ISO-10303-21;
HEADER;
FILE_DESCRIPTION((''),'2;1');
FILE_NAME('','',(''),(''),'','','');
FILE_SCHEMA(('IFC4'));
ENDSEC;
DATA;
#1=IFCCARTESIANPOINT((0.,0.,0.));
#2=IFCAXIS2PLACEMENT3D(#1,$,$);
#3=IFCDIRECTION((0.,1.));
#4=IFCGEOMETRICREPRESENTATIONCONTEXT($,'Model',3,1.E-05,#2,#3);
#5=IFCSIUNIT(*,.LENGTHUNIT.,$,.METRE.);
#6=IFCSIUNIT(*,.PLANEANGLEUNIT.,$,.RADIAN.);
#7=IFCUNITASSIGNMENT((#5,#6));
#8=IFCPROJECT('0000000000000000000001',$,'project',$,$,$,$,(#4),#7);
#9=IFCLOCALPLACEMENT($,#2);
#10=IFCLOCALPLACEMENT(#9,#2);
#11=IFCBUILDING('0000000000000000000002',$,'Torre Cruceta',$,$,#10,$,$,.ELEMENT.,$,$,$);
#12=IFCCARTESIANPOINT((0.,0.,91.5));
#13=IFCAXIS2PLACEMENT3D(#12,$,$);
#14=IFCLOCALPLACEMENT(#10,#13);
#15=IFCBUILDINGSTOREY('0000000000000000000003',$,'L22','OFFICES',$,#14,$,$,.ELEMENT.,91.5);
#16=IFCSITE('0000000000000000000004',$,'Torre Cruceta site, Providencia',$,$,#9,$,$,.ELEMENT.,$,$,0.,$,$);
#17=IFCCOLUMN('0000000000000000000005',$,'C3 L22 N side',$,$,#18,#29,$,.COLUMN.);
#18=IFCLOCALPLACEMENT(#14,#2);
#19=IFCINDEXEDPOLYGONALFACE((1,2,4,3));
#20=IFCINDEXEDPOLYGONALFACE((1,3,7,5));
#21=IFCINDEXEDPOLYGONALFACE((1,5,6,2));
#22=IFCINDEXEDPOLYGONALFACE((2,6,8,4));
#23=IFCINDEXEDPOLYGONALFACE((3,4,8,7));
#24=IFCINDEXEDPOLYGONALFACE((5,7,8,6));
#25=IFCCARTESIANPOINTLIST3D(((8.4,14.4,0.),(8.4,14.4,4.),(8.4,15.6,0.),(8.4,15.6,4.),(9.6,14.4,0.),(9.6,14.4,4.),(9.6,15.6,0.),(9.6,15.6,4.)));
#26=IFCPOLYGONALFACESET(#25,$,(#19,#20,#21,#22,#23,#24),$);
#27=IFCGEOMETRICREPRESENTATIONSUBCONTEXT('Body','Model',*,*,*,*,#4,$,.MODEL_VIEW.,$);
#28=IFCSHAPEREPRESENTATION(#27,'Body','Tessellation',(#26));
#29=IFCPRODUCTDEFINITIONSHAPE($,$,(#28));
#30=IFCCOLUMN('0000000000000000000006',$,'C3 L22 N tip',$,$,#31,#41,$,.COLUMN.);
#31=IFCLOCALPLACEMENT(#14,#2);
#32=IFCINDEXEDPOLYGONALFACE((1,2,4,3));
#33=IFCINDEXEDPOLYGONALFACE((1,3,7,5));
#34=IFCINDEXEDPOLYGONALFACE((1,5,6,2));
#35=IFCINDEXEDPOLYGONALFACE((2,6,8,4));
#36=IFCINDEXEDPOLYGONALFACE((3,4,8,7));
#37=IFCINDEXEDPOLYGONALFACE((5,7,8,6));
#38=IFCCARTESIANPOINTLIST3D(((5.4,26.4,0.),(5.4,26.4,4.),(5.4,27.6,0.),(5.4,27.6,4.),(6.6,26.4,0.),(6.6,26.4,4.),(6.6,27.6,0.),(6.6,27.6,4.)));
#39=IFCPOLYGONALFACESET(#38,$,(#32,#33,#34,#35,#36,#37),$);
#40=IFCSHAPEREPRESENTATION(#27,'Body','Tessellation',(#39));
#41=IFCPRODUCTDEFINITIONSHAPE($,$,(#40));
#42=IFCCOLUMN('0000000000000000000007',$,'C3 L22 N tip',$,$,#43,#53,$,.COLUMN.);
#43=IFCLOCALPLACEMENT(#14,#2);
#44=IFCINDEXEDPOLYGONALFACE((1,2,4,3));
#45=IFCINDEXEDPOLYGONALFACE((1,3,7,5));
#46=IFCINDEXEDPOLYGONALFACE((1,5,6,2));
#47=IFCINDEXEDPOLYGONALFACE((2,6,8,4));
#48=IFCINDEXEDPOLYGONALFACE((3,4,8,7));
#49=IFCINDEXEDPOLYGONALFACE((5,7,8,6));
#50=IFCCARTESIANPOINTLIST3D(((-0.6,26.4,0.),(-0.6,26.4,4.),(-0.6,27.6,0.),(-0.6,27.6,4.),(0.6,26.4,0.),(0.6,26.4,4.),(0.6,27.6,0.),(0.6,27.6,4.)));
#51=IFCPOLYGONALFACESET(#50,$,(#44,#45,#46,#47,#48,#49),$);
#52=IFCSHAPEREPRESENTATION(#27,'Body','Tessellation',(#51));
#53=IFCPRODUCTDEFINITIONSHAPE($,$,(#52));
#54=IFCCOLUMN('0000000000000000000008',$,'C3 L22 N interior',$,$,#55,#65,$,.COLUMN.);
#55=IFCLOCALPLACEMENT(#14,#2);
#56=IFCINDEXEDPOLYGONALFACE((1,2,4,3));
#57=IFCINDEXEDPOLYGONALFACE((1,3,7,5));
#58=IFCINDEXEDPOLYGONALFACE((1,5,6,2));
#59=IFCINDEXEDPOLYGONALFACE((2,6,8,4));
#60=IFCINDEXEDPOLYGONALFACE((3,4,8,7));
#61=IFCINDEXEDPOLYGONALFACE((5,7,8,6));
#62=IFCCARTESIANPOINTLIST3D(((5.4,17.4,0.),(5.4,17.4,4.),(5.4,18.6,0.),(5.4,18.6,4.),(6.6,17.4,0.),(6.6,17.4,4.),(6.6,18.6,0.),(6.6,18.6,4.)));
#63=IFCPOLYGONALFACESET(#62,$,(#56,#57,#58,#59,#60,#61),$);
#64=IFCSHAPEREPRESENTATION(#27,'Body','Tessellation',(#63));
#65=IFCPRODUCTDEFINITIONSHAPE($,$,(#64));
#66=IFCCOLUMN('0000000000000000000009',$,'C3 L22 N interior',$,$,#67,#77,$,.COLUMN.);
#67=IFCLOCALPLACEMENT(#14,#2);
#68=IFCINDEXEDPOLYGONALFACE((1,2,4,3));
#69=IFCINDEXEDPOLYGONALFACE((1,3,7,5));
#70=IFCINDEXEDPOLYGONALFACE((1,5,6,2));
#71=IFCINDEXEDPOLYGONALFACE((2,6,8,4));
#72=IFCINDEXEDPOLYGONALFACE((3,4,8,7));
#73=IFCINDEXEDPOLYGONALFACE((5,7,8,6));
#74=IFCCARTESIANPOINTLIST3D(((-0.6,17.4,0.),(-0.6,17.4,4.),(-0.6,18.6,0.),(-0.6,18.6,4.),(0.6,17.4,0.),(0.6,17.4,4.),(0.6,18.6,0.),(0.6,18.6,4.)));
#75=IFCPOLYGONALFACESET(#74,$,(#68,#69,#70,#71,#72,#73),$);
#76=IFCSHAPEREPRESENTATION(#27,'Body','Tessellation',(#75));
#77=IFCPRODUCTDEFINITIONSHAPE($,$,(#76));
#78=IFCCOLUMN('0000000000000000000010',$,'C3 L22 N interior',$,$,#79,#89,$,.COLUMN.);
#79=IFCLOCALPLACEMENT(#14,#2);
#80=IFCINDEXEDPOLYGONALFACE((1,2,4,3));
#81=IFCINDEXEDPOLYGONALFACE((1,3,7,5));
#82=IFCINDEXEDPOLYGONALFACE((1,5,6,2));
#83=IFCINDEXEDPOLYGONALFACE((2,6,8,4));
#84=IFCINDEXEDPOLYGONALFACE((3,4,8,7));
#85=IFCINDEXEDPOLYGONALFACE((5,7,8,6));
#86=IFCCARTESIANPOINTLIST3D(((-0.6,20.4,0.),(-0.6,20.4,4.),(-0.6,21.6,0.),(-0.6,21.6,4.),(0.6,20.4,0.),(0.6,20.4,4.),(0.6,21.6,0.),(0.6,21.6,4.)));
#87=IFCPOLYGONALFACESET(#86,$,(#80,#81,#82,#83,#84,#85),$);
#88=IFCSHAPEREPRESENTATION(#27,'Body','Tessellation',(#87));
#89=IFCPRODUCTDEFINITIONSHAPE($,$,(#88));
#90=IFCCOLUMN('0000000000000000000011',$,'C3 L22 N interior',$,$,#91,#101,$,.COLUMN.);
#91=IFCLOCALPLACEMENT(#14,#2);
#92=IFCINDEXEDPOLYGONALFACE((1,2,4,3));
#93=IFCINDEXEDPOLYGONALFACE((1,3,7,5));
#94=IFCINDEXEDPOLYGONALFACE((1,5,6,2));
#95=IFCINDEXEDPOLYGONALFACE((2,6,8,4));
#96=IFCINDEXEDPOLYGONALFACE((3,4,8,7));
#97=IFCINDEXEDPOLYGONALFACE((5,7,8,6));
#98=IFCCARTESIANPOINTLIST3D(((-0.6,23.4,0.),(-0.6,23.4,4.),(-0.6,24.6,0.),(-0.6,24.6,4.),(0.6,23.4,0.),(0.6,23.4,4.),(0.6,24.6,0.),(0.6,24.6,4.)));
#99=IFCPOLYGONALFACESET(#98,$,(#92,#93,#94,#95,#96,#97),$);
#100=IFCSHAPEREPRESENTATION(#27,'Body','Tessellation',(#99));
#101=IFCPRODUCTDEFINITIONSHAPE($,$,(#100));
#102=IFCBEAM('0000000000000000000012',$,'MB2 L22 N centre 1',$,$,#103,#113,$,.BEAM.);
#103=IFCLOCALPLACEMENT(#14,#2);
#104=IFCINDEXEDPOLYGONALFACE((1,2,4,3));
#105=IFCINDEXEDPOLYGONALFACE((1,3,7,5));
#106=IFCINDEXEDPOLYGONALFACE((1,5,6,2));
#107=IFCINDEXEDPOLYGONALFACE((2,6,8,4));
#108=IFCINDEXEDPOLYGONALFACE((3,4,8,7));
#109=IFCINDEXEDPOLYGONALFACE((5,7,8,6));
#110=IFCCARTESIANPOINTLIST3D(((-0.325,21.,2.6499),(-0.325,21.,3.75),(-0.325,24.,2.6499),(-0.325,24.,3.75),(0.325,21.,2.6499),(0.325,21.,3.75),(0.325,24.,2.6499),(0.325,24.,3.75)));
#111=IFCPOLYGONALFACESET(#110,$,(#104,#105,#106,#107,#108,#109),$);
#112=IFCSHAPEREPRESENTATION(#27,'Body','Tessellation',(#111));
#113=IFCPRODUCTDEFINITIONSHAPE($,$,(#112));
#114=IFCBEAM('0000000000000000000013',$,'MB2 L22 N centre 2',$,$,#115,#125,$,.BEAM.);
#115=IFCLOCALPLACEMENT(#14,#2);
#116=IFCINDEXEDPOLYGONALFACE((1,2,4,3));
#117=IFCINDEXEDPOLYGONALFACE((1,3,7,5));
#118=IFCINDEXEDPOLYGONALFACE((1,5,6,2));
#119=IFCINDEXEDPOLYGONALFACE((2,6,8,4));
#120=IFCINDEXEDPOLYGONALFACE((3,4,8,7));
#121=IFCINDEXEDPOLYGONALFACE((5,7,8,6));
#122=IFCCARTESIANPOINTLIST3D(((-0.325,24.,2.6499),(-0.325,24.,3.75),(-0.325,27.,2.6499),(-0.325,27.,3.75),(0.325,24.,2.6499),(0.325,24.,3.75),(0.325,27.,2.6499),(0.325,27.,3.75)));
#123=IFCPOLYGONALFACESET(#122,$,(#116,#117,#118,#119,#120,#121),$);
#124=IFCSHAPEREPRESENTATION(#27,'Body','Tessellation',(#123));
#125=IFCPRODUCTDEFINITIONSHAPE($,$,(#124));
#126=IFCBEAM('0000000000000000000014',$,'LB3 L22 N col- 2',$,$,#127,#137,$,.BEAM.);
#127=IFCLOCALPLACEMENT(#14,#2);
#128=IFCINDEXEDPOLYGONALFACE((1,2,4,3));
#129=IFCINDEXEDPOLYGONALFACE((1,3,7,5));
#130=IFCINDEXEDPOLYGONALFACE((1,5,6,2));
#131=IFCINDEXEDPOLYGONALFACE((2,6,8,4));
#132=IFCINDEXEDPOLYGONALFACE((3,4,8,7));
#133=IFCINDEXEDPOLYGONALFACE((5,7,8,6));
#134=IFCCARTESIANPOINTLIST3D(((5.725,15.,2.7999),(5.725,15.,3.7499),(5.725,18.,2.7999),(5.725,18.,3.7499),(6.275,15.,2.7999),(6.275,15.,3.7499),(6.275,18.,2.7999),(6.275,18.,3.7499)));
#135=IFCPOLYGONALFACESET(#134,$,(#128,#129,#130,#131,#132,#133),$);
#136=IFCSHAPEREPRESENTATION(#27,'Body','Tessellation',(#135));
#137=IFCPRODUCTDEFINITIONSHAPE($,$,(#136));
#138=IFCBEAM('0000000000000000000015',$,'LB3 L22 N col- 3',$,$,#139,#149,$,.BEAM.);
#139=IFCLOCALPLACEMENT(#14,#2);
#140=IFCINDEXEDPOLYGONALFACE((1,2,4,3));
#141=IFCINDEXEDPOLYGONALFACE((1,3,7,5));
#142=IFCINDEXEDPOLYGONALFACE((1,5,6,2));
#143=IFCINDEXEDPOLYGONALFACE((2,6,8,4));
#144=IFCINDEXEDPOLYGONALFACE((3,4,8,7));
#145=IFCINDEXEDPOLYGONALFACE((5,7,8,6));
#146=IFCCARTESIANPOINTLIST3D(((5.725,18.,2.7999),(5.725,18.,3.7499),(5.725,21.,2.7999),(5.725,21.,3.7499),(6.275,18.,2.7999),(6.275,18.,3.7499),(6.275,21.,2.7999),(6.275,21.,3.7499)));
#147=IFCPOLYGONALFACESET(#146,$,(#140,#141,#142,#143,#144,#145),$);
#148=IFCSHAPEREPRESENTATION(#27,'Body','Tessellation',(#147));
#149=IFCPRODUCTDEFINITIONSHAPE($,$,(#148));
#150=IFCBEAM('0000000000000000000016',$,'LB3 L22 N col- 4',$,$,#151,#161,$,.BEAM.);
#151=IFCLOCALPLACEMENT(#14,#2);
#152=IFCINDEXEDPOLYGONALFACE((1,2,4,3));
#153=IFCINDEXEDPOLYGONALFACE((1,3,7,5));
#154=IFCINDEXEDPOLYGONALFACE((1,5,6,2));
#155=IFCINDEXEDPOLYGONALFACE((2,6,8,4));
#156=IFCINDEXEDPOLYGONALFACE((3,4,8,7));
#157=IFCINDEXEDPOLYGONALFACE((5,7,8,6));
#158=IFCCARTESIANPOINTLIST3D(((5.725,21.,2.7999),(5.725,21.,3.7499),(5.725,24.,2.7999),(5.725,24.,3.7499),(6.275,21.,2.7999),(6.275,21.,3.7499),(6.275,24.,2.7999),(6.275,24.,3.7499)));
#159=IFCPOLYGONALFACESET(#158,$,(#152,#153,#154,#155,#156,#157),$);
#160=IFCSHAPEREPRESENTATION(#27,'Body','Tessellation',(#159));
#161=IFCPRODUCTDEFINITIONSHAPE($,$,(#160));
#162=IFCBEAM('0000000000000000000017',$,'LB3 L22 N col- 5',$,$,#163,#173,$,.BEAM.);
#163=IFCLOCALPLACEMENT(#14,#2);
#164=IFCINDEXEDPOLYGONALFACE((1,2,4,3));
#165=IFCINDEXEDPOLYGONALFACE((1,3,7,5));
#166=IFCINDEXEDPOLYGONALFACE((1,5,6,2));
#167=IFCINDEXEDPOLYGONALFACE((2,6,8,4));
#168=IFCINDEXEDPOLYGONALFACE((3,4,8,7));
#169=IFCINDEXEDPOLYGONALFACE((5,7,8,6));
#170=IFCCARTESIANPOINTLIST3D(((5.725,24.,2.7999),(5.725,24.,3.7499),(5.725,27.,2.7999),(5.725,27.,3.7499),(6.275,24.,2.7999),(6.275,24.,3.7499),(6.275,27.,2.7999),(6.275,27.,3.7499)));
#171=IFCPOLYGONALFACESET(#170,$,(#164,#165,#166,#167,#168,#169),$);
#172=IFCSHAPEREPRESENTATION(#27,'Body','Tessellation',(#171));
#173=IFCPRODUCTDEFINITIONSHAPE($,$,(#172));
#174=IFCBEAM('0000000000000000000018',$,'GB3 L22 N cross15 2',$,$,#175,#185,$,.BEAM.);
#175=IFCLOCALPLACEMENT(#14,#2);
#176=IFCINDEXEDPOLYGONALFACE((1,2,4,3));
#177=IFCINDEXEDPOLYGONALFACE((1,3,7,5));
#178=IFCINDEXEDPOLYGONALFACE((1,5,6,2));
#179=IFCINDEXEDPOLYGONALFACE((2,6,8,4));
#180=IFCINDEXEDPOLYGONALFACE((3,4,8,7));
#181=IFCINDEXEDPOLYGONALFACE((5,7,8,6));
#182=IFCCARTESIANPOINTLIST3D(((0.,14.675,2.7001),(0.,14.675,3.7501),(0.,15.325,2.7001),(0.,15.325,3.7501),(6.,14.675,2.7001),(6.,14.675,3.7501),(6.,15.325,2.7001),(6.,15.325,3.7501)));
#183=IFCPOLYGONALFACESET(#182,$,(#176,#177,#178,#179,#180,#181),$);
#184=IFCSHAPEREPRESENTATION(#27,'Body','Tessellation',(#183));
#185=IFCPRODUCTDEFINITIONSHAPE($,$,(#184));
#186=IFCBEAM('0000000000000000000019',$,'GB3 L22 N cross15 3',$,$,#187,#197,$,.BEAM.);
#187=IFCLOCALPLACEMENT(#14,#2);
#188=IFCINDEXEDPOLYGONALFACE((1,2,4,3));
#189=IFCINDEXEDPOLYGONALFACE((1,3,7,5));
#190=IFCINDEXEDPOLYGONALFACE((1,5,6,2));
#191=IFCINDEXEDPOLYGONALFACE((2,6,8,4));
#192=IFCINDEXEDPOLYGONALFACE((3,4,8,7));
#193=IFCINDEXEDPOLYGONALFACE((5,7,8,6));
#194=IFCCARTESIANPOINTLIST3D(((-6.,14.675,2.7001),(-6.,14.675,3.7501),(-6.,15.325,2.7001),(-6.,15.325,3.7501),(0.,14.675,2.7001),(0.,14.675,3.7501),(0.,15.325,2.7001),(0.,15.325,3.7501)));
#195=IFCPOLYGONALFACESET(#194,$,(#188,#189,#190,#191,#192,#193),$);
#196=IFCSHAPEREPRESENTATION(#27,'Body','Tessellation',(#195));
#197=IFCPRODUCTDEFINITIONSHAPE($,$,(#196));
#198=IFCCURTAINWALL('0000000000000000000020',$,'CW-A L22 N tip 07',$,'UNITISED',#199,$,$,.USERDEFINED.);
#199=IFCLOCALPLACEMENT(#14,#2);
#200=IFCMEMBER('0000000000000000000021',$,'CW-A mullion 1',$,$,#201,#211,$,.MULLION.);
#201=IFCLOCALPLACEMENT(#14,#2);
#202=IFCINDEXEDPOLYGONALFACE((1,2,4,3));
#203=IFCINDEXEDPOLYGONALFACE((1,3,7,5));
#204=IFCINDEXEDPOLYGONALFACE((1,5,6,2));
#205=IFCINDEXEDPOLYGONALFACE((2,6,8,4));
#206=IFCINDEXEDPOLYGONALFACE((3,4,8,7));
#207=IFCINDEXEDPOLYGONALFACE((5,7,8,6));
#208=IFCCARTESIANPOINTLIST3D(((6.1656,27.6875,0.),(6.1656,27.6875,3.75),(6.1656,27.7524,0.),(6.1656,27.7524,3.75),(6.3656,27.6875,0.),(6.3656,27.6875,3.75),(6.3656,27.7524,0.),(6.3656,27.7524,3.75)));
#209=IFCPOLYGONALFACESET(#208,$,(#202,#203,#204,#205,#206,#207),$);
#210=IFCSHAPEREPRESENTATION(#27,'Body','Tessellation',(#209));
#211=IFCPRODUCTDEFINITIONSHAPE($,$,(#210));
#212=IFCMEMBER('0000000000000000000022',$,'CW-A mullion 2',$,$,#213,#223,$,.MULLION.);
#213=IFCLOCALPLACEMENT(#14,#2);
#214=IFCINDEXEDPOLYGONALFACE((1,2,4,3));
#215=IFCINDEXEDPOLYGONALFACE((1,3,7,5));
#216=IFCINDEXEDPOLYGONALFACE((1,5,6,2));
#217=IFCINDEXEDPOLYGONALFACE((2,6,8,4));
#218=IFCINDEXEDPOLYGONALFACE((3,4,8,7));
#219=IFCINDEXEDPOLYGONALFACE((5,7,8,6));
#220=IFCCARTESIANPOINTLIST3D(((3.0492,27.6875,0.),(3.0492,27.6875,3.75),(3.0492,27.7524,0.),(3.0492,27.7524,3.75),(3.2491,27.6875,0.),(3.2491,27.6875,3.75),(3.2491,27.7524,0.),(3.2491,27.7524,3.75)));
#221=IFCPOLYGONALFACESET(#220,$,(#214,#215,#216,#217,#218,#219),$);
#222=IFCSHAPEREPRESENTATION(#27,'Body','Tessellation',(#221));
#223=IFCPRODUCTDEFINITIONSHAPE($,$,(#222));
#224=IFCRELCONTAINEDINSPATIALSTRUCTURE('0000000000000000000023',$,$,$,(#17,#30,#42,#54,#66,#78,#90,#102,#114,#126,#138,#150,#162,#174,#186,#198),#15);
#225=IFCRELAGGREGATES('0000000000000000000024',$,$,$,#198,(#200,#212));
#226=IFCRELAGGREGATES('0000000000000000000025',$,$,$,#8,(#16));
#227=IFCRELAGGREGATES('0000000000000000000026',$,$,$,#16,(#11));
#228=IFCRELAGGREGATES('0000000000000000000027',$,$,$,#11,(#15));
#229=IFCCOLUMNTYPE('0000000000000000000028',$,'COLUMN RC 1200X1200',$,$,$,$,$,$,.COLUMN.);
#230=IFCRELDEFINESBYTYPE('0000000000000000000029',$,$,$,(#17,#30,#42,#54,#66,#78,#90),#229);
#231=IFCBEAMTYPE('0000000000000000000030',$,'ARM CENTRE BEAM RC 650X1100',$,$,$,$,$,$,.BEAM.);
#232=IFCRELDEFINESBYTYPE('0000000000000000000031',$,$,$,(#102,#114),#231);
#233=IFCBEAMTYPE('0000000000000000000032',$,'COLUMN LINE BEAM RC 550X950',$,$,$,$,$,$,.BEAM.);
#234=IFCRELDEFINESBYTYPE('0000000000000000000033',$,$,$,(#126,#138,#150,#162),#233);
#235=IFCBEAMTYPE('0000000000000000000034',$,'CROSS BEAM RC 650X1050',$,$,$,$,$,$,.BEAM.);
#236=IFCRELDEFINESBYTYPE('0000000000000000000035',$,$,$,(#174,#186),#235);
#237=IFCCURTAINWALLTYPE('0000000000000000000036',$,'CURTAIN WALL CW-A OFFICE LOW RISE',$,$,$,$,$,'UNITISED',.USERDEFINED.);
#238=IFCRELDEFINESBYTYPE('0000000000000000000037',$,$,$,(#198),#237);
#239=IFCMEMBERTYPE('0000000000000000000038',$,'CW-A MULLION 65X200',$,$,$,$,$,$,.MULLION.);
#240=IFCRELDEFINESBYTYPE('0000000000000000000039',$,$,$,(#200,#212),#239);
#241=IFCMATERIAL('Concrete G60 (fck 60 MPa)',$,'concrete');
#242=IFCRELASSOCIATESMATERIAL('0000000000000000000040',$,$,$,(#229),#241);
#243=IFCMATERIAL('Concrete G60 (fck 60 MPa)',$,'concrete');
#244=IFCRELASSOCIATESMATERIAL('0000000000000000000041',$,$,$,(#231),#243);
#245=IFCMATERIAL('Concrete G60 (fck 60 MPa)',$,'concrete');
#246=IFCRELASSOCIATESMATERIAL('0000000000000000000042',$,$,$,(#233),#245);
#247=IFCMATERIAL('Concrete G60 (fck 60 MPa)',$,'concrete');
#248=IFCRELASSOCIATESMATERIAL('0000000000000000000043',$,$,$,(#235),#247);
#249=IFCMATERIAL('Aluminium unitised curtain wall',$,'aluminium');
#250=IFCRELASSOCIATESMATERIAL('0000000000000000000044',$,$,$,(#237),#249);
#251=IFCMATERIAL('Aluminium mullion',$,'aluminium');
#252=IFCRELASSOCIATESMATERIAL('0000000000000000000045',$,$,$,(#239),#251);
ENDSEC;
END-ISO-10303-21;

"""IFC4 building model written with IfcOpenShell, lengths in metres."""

from ifc_helpers import new_model, si_unit, direction, frame, origin, origin_2d, place, context, subcontext, project, spatial, rectangle, extrude, material, material_profile, profile_set, type_object, element, aggregate, save


model = new_model("IFC4")

# Units and contexts
model_context = context("Model", 3, precision=1e-05, world=origin(), true_north=direction((0.0, 1.0)))
body_context = subcontext(model_context, "Body", "Model", "MODEL_VIEW")
ifc_project = project(units=[si_unit("LENGTHUNIT", "METRE"), si_unit("PLANEANGLEUNIT", "RADIAN")], contexts=[model_context])

# Site, building, storey
site_placement = place(None, origin())
site = spatial("IfcSite", under=ifc_project, at=site_placement, Name="Torre Cruceta site, Providencia", CompositionType="ELEMENT", RefElevation=0.0)
building_placement = place(site_placement, origin())
building = spatial("IfcBuilding", under=site, at=building_placement, Name="Torre Cruceta", CompositionType="ELEMENT")
storey_placement = place(building_placement, frame((0.0, 0.0, 91.5)))
storey = spatial("IfcBuildingStorey", under=building, at=storey_placement, Name="L22", Description="OFFICES", CompositionType="ELEMENT", Elevation=91.5)

# Columns
ifc_material_1 = material(Name="Concrete G60 (fck 60 MPa)", Category="concrete")
ifc_material_profile_1 = material_profile(ifc_material_1, rectangle(XDim=1.2, YDim=1.2, at=origin_2d()), Name="RC 1200X1200")
ifc_profile_set_1 = profile_set([ifc_material_profile_1], Name="Concrete G60 (fck 60 MPa)")
column_type = type_object("IfcColumnType", Name="COLUMN RC 1200X1200", PredefinedType="COLUMN", material=ifc_profile_set_1)
for number, where, z_axis, x_axis, name in (
    (1, (9.0, 15.0, 0.0), (0.0, 0.0, 1.0), (1.0, 0.0, 0.0), "C3 L22 N side"),
    (2, (6.0, 27.0, 0.0), (0.0, 0.0, 1.0), (1.0, 0.0, 0.0), "C3 L22 N tip"),
    (3, (0.0, 27.0, 0.0), (0.0, 0.0, 1.0), (1.0, 0.0, 0.0), "C3 L22 N tip"),
    (4, (6.0, 18.0, 0.0), (0.0, 0.0, 1.0), (1.0, 0.0, 0.0), "C3 L22 N interior"),
    (5, (0.0, 18.0, 0.0), (0.0, 0.0, 1.0), (1.0, 0.0, 0.0), "C3 L22 N interior"),
    (6, (0.0, 21.0, 0.0), (0.0, 0.0, 1.0), (1.0, 0.0, 0.0), "C3 L22 N interior"),
    (7, (0.0, 24.0, 0.0), (0.0, 0.0, 1.0), (1.0, 0.0, 0.0), "C3 L22 N interior"),
):
    element("IfcColumn", number, at=place(storey_placement, frame(where, z_axis=z_axis, x_axis=x_axis)), inside=storey, type_object=column_type, Name=name, PredefinedType="COLUMN", context=body_context, shape_type="SweptSolid", body=[
        extrude(rectangle(XDim=1.2, YDim=1.2, at=origin_2d()), origin(), (0.0, 0.0, 1.0), 4.0),
    ])

# Beams
ifc_material_2 = material(Name="Concrete G60 (fck 60 MPa)", Category="concrete")
ifc_material_profile_2 = material_profile(ifc_material_2, rectangle(XDim=0.6499, YDim=1.1001, at=origin_2d()), Name="RC 650X1100")
ifc_profile_set_2 = profile_set([ifc_material_profile_2], Name="Concrete G60 (fck 60 MPa)")
beam_type_1 = type_object("IfcBeamType", Name="ARM CENTRE BEAM RC 650X1100", PredefinedType="BEAM", material=ifc_profile_set_2)
for number, where, z_axis, x_axis, name in (
    (8, (0.0, 21.0, 3.2), (0.0, 1.0, 0.0), (-1.0, 0.0, 0.0), "MB2 L22 N centre 1"),
    (9, (0.0, 24.0, 3.2), (0.0, 1.0, 0.0), (-1.0, 0.0, 0.0), "MB2 L22 N centre 2"),
):
    element("IfcBeam", number, at=place(storey_placement, frame(where, z_axis=z_axis, x_axis=x_axis)), inside=storey, type_object=beam_type_1, Name=name, PredefinedType="BEAM", context=body_context, shape_type="SweptSolid", body=[
        extrude(rectangle(XDim=0.6499, YDim=1.1001, at=origin_2d()), origin(), (0.0, 0.0, 1.0), 3.0),
    ])
ifc_material_3 = material(Name="Concrete G60 (fck 60 MPa)", Category="concrete")
ifc_material_profile_3 = material_profile(ifc_material_3, rectangle(XDim=0.55, YDim=0.95, at=origin_2d()), Name="RC 550X950")
ifc_profile_set_3 = profile_set([ifc_material_profile_3], Name="Concrete G60 (fck 60 MPa)")
beam_type_2 = type_object("IfcBeamType", Name="COLUMN LINE BEAM RC 550X950", PredefinedType="BEAM", material=ifc_profile_set_3)
for number, where, z_axis, x_axis, name in (
    (10, (6.0, 15.0, 3.2749), (0.0, 1.0, 0.0), (-1.0, 0.0, 0.0), "LB3 L22 N col- 2"),
    (11, (6.0, 18.0, 3.2749), (0.0, 1.0, 0.0), (-1.0, 0.0, 0.0), "LB3 L22 N col- 3"),
    (12, (6.0, 21.0, 3.2749), (0.0, 1.0, 0.0), (-1.0, 0.0, 0.0), "LB3 L22 N col- 4"),
    (13, (6.0, 24.0, 3.2749), (0.0, 1.0, 0.0), (-1.0, 0.0, 0.0), "LB3 L22 N col- 5"),
):
    element("IfcBeam", number, at=place(storey_placement, frame(where, z_axis=z_axis, x_axis=x_axis)), inside=storey, type_object=beam_type_2, Name=name, PredefinedType="BEAM", context=body_context, shape_type="SweptSolid", body=[
        extrude(rectangle(XDim=0.55, YDim=0.95, at=origin_2d()), origin(), (0.0, 0.0, 1.0), 3.0),
    ])
ifc_material_4 = material(Name="Concrete G60 (fck 60 MPa)", Category="concrete")
ifc_material_profile_4 = material_profile(ifc_material_4, rectangle(XDim=0.6499, YDim=1.05, at=origin_2d()), Name="RC 650X1050")
ifc_profile_set_4 = profile_set([ifc_material_profile_4], Name="Concrete G60 (fck 60 MPa)")
beam_type_3 = type_object("IfcBeamType", Name="CROSS BEAM RC 650X1050", PredefinedType="BEAM", material=ifc_profile_set_4)
for number, where, z_axis, x_axis, name in (
    (14, (6.0, 15.0, 3.2251), (-1.0, 0.0, 0.0), (0.0, -1.0, 0.0), "GB3 L22 N cross15 2"),
    (15, (0.0, 15.0, 3.2251), (-1.0, 0.0, 0.0), (0.0, -1.0, 0.0), "GB3 L22 N cross15 3"),
):
    element("IfcBeam", number, at=place(storey_placement, frame(where, z_axis=z_axis, x_axis=x_axis)), inside=storey, type_object=beam_type_3, Name=name, PredefinedType="BEAM", context=body_context, shape_type="SweptSolid", body=[
        extrude(rectangle(XDim=0.6499, YDim=1.05, at=origin_2d()), origin(), (0.0, 0.0, 1.0), 6.0),
    ])

# Curtain wall, members
ifc_material_5 = material(Name="Aluminium unitised curtain wall", Category="aluminium")
curtain_wall_type = type_object("IfcCurtainWallType", Name="CURTAIN WALL CW-A OFFICE LOW RISE", ElementType="UNITISED", PredefinedType="USERDEFINED", material=ifc_material_5)
curtain_wall_placement = place(storey_placement, origin())
curtain_wall = element("IfcCurtainWall", 16, at=curtain_wall_placement, inside=storey, type_object=curtain_wall_type, Name="CW-A L22 N tip 07", ObjectType="UNITISED", PredefinedType="USERDEFINED")
ifc_material_6 = material(Name="Aluminium mullion", Category="aluminium")
ifc_material_profile_5 = material_profile(ifc_material_6, rectangle(XDim=0.0649, YDim=0.2, at=origin_2d()), Name="AL 65X200")
ifc_profile_set_5 = profile_set([ifc_material_profile_5], Name="Aluminium mullion")
member_type_1 = type_object("IfcMemberType", Name="CW-A MULLION 65X200", PredefinedType="MULLION", material=ifc_profile_set_5)
member_1_placement = place(storey_placement, frame((6.2656, 27.72, 0.0), z_axis=(0.0, 0.0, 1.0), x_axis=(0.0, -1.0, 0.0)))
member_1 = element("IfcMember", 17, at=member_1_placement, type_object=member_type_1, Name="CW-A mullion 1", PredefinedType="MULLION", context=body_context, shape_type="SweptSolid", body=[
    extrude(rectangle(XDim=0.0649, YDim=0.2, at=origin_2d()), origin(), (0.0, 0.0, 1.0), 3.75),
])
member_2_placement = place(storey_placement, frame((3.1492, 27.72, 0.0), z_axis=(0.0, 0.0, 1.0), x_axis=(0.0, -1.0, 0.0)))
member_2 = element("IfcMember", 18, at=member_2_placement, type_object=member_type_1, Name="CW-A mullion 2", PredefinedType="MULLION", context=body_context, shape_type="SweptSolid", body=[
    extrude(rectangle(XDim=0.0649, YDim=0.2, at=origin_2d()), origin(), (0.0, 0.0, 1.0), 3.75),
])
aggregate(curtain_wall, [member_1, member_2])

save(model, "model.ifc")
